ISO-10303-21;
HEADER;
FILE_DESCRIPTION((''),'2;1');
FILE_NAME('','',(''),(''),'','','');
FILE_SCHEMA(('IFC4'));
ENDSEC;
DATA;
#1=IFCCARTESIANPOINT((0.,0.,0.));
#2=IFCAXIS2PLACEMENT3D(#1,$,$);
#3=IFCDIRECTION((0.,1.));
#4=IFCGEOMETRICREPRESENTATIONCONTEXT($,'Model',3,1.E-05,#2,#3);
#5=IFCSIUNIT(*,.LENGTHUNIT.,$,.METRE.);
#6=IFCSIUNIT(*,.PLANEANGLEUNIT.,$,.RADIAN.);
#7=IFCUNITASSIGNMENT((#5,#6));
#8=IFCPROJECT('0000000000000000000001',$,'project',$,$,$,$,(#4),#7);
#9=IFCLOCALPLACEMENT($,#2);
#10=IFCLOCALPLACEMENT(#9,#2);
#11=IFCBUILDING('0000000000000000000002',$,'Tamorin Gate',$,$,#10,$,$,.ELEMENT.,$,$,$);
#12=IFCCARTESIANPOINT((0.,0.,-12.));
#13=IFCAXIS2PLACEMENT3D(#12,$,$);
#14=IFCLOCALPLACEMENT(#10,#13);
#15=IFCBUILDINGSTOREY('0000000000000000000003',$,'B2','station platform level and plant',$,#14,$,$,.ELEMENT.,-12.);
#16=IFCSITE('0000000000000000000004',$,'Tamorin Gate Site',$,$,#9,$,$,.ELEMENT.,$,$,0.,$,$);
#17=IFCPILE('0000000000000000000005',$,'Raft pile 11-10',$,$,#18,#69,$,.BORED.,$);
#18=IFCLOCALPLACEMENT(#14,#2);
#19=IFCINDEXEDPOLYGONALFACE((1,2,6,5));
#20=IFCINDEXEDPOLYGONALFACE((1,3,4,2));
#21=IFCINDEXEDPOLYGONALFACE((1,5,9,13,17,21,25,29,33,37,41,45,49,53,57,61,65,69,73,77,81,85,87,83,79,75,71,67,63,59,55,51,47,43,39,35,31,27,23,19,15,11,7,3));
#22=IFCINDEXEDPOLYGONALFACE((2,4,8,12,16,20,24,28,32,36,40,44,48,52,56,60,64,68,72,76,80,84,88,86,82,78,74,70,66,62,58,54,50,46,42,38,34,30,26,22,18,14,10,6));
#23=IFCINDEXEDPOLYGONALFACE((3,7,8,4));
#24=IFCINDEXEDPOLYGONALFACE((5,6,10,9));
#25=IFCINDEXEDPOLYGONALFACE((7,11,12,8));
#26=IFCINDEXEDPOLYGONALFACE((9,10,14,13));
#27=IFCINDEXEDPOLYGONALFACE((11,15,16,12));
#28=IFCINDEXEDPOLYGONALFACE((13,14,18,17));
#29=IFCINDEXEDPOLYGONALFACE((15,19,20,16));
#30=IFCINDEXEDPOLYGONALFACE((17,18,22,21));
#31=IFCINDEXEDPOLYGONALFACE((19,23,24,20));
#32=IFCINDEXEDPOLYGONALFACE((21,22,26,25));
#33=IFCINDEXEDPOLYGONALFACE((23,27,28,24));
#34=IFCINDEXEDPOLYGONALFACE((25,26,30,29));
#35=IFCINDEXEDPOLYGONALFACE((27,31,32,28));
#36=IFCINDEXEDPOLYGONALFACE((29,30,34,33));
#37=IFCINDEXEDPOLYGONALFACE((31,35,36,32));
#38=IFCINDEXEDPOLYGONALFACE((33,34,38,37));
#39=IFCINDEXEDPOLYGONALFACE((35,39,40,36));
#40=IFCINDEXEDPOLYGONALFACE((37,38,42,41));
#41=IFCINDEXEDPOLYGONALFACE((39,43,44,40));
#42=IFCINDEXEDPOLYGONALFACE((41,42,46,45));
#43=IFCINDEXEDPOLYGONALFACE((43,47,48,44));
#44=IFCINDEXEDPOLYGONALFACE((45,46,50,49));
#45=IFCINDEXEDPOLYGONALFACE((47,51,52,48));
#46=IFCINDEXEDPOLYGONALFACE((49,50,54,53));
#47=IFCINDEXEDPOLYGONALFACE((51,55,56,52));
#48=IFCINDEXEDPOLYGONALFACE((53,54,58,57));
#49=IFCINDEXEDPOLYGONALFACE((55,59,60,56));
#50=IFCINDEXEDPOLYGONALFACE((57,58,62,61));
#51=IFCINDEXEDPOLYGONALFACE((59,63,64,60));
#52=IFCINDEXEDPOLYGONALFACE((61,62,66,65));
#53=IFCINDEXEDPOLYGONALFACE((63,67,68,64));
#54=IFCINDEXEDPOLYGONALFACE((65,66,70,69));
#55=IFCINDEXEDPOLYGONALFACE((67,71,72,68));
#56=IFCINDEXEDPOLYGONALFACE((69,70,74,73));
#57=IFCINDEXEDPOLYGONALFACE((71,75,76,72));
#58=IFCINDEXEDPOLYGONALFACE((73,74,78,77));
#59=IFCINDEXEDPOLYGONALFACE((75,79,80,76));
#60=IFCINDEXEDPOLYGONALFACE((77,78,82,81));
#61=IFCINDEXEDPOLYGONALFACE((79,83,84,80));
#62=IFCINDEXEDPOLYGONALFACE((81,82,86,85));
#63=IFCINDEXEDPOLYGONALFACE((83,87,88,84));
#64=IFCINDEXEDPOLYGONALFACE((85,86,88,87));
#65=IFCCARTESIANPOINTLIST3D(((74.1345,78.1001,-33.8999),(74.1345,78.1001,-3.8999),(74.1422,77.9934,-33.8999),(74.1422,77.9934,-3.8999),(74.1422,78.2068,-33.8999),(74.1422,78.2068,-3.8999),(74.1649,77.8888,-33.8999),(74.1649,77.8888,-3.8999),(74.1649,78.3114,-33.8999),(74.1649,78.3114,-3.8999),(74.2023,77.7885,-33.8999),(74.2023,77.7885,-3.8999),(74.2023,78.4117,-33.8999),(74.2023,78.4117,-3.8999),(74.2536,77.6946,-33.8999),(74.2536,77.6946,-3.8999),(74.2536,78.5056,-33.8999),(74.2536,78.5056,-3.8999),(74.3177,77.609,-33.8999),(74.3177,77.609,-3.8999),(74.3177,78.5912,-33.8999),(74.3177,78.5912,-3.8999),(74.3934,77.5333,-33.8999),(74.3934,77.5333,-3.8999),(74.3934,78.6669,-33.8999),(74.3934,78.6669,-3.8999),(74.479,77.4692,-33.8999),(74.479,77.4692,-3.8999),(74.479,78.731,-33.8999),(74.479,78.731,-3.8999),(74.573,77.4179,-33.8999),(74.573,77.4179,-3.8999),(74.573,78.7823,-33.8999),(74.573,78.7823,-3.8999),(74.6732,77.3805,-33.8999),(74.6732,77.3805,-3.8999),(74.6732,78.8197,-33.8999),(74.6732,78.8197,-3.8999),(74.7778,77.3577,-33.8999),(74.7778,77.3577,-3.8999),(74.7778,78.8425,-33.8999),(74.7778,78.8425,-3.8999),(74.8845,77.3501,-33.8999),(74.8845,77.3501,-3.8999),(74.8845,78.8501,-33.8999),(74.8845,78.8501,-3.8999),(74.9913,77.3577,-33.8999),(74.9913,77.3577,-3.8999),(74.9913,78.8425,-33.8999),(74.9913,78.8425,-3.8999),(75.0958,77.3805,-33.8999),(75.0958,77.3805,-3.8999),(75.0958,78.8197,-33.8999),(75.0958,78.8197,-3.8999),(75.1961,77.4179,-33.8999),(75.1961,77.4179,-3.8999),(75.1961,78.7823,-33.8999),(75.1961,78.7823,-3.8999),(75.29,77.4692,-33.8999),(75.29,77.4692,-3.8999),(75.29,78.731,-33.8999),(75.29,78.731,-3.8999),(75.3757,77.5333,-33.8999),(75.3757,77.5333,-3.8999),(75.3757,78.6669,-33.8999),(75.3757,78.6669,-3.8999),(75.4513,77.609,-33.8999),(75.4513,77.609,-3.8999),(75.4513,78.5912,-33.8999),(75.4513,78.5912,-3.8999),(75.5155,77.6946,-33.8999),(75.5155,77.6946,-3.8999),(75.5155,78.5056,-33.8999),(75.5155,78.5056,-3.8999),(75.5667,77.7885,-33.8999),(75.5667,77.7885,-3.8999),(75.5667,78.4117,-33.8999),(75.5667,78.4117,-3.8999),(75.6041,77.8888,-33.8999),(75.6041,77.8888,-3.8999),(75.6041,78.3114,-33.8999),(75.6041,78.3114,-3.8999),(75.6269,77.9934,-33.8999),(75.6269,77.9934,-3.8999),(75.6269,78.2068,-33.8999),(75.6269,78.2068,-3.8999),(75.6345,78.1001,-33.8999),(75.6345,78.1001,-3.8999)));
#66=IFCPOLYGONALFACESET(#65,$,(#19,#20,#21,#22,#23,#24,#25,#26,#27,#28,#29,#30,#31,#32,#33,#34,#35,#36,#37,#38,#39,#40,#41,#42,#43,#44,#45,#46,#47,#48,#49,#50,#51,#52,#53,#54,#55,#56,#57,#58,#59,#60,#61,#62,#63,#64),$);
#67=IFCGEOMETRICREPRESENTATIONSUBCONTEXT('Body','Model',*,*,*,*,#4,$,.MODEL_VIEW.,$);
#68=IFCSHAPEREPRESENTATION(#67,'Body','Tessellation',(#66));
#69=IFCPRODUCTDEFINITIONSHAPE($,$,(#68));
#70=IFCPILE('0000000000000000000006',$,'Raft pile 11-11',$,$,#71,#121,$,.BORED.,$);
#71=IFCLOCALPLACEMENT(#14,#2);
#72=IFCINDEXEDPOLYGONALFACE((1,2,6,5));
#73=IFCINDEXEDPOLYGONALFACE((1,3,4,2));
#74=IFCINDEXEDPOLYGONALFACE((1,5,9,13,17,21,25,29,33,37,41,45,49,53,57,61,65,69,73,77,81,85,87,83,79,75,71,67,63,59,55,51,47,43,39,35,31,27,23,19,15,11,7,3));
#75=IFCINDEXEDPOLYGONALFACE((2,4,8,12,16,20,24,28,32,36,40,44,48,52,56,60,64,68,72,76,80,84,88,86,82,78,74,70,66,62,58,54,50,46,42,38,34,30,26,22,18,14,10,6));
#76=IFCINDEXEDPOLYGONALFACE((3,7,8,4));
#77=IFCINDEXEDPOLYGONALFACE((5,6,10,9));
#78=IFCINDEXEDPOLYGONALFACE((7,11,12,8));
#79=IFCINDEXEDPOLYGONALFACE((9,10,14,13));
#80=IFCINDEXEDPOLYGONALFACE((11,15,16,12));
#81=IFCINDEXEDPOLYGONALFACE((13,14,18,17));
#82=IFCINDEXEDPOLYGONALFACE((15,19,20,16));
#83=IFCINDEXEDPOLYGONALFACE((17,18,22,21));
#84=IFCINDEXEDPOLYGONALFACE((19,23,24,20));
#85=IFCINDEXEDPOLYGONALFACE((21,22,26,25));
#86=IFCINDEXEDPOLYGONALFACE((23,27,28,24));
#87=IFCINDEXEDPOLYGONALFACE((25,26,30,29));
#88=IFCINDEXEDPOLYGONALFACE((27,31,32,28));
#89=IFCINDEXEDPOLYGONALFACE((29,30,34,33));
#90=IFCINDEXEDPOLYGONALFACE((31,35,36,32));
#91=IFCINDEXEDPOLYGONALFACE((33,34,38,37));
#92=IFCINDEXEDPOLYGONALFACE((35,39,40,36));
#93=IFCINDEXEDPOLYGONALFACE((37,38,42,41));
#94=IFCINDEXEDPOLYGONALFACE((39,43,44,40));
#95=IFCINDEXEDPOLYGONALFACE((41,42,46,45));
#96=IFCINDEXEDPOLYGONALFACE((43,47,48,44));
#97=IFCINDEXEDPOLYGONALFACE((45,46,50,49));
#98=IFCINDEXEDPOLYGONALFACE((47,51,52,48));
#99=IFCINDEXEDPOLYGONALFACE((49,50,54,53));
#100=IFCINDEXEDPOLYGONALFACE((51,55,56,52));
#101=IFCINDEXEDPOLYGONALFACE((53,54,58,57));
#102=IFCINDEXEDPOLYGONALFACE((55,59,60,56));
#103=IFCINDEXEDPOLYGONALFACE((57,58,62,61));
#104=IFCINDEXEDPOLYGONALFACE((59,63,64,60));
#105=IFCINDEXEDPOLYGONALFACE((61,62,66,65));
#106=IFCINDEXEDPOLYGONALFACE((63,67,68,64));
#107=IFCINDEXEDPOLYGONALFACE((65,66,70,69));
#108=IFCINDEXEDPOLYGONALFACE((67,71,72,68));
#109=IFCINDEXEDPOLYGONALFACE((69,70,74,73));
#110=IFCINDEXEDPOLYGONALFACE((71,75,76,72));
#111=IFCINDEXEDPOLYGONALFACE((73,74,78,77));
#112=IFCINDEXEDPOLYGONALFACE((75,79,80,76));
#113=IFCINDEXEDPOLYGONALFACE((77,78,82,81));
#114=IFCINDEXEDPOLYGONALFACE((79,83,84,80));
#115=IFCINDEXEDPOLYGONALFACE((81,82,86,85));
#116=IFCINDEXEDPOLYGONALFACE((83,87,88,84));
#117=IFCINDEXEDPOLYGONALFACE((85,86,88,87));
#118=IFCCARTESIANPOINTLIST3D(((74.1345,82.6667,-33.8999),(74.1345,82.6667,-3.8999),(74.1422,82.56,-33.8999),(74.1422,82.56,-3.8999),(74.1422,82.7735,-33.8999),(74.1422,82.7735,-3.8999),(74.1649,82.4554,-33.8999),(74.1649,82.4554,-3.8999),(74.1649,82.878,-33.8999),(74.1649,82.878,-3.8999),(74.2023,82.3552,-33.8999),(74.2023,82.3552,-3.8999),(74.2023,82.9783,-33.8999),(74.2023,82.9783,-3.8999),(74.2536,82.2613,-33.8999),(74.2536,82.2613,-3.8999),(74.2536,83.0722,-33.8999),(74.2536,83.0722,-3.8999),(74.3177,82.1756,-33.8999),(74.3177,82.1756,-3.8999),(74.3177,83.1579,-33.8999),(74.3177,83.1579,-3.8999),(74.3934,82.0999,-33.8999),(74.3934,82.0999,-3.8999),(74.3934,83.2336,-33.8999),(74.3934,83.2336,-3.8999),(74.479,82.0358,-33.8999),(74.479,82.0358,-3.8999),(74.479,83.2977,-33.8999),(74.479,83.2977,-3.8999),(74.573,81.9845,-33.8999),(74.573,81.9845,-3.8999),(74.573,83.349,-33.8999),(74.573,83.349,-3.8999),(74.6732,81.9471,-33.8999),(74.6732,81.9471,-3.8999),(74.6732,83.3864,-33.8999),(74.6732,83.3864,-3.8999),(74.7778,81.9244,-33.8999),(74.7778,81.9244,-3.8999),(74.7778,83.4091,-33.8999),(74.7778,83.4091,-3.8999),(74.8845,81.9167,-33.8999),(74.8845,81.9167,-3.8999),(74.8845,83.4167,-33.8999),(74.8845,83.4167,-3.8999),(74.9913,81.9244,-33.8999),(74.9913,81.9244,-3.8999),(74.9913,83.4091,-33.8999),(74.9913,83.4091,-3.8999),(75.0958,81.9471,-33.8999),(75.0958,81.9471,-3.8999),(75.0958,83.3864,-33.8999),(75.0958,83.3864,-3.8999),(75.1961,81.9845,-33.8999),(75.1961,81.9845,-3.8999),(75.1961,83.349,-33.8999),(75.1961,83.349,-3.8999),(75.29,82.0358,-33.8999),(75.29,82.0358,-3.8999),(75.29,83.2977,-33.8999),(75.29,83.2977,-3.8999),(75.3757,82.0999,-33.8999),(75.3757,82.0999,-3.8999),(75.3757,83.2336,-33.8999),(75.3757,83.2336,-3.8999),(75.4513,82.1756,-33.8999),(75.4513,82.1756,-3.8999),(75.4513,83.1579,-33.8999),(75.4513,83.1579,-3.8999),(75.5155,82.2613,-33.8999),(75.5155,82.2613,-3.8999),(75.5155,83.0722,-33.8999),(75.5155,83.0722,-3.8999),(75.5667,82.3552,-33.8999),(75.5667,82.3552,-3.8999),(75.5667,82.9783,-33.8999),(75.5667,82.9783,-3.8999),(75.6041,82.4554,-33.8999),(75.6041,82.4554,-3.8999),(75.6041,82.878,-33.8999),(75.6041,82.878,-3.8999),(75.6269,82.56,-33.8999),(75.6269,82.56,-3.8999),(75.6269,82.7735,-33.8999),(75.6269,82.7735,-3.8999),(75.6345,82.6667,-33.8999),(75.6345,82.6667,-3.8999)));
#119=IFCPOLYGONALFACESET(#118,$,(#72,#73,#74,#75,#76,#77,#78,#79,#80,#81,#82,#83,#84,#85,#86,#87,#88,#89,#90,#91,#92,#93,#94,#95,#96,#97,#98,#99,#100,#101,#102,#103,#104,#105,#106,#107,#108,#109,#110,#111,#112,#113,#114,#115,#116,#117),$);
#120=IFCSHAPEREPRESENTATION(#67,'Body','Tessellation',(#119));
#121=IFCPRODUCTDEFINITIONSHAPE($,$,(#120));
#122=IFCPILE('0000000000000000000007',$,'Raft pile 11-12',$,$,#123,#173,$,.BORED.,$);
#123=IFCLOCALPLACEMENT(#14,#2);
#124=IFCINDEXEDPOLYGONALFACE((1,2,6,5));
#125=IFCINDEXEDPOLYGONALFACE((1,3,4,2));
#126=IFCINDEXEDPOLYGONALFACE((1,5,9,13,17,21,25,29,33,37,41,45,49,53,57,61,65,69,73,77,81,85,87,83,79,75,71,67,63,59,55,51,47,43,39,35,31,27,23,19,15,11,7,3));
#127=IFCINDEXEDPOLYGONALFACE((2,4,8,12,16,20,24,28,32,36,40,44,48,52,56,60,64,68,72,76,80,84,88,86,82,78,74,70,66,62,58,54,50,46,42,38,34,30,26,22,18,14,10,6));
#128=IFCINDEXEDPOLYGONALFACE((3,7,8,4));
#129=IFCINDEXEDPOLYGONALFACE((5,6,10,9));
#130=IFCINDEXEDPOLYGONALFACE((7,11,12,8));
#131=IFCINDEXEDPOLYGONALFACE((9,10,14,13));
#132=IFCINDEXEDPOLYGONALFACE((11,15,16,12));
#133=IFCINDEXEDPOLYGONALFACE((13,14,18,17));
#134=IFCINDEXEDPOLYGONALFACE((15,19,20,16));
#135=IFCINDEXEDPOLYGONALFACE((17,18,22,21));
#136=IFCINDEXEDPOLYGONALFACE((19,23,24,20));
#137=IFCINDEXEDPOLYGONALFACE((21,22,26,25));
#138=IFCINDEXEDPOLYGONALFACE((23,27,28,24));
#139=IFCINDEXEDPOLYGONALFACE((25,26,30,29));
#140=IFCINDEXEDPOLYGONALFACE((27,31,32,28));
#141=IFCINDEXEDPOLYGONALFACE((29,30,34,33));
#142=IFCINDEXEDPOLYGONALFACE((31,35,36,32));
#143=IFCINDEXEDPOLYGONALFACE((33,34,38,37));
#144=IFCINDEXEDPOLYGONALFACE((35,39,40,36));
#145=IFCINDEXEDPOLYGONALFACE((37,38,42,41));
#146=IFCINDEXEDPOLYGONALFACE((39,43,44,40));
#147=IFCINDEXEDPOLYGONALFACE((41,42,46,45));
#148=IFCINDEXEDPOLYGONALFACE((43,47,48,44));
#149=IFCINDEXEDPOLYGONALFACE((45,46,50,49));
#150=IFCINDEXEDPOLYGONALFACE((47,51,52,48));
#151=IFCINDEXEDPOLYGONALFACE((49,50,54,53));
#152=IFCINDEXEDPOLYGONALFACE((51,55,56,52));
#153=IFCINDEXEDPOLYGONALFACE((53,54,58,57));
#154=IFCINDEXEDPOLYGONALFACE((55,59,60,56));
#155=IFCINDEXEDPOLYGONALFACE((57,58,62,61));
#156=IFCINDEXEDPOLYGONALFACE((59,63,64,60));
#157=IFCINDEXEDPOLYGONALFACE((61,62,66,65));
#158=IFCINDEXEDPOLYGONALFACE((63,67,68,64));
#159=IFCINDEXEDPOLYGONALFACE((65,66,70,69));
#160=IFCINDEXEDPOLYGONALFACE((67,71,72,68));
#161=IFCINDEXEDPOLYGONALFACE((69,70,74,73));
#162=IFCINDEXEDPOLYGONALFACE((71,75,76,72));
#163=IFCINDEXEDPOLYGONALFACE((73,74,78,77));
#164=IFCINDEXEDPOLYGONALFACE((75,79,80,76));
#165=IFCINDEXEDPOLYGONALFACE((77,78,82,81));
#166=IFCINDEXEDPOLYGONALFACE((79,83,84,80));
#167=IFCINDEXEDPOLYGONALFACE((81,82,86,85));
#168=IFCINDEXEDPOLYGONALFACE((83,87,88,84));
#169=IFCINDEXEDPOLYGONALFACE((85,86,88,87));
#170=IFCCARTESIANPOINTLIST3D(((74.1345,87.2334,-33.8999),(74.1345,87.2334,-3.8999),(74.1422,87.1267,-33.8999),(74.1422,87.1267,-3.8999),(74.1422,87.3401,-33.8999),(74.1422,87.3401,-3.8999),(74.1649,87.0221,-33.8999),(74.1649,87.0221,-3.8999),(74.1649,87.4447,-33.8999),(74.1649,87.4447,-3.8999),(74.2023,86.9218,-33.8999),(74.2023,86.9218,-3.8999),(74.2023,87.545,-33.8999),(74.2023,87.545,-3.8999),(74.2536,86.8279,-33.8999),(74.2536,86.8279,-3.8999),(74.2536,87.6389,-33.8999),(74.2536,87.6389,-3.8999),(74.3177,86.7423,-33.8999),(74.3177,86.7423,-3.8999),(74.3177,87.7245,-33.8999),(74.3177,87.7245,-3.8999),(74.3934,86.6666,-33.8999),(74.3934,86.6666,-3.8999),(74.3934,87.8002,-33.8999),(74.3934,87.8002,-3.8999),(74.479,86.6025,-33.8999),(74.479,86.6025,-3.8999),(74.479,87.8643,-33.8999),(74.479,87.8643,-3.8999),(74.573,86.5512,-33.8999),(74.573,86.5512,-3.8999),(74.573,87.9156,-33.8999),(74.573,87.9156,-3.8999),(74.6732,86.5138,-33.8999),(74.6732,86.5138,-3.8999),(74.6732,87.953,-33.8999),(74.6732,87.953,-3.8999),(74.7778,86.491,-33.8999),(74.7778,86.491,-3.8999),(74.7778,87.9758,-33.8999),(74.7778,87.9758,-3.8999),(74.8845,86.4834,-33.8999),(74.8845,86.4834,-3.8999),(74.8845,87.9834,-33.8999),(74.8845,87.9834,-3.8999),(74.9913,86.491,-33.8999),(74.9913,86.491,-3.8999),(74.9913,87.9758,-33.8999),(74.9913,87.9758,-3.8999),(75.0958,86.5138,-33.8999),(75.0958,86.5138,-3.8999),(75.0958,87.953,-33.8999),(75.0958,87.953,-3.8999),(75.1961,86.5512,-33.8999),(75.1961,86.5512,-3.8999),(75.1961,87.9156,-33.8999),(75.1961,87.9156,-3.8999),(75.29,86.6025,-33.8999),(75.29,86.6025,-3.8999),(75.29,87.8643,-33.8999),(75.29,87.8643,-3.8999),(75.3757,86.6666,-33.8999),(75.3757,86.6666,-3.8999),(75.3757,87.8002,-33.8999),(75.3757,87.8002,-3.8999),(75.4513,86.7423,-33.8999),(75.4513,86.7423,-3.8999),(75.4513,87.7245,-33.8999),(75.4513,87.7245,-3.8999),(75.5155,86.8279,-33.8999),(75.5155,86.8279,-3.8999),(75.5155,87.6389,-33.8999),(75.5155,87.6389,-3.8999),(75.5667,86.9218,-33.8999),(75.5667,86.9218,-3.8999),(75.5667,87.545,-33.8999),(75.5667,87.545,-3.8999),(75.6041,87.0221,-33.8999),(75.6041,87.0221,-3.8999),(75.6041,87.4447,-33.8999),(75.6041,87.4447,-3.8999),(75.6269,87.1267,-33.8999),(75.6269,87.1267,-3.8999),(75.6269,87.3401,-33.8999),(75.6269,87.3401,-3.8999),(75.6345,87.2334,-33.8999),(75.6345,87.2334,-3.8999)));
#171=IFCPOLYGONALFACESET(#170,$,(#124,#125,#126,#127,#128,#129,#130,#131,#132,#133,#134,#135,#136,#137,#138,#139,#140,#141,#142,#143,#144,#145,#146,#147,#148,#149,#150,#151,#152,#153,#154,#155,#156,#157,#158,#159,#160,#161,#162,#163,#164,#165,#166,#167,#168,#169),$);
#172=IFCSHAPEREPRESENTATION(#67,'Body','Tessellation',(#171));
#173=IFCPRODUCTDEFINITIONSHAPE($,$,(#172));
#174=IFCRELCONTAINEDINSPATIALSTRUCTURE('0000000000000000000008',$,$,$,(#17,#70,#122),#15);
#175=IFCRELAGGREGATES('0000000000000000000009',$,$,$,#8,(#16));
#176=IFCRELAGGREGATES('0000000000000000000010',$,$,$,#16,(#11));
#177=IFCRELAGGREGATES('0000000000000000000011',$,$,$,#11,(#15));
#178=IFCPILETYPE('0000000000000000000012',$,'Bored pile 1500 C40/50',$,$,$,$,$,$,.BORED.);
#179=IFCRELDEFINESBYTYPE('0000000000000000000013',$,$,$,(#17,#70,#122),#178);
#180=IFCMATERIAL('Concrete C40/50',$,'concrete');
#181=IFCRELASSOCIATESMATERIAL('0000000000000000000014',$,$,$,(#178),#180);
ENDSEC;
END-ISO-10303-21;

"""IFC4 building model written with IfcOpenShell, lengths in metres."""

from ifc_helpers import new_model, si_unit, direction, frame, origin, origin_2d, place, context, subcontext, project, spatial, circle, extrude, material, material_profile, profile_set, type_object, element, save


model = new_model("IFC4")

# Units and contexts
model_context = context("Model", 3, precision=1e-05, world=origin(), true_north=direction((0.0, 1.0)))
body_context = subcontext(model_context, "Body", "Model", "MODEL_VIEW")
ifc_project = project(units=[si_unit("LENGTHUNIT", "METRE"), si_unit("PLANEANGLEUNIT", "RADIAN")], contexts=[model_context])

# Site, building, storey
site_placement = place(None, origin())
site = spatial("IfcSite", under=ifc_project, at=site_placement, Name="Tamorin Gate Site", CompositionType="ELEMENT", RefElevation=0.0)
building_placement = place(site_placement, origin())
building = spatial("IfcBuilding", under=site, at=building_placement, Name="Tamorin Gate", CompositionType="ELEMENT")
storey_placement = place(building_placement, frame((0.0, 0.0, -12.0)))
storey = spatial("IfcBuildingStorey", under=building, at=storey_placement, Name="B2", Description="station platform level and plant", CompositionType="ELEMENT", Elevation=-12.0)

# Piles
ifc_material_1 = material(Name="Concrete C40/50", Category="concrete")
ifc_material_profile_1 = material_profile(ifc_material_1, circle(Radius=0.75, at=origin_2d()))
ifc_profile_set_1 = profile_set([ifc_material_profile_1], Name="Concrete C40/50")
pile_type = type_object("IfcPileType", Name="Bored pile 1500 C40/50", PredefinedType="BORED", material=ifc_profile_set_1)
for number, where, z_axis, x_axis, name in (
    (1, (74.8845, 78.1001, -3.8999), (0.0, 0.0, -1.0), (1.0, 0.0, 0.0), "Raft pile 11-10"),
    (2, (74.8845, 82.6667, -3.8999), (0.0, 0.0, -1.0), (1.0, 0.0, 0.0), "Raft pile 11-11"),
    (3, (74.8845, 87.2334, -3.8999), (0.0, 0.0, -1.0), (1.0, 0.0, 0.0), "Raft pile 11-12"),
):
    element("IfcPile", number, at=place(storey_placement, frame(where, z_axis=z_axis, x_axis=x_axis)), inside=storey, type_object=pile_type, Name=name, PredefinedType="BORED", context=body_context, shape_type="SweptSolid", body=[
        extrude(circle(Radius=0.75, at=origin_2d()), origin(), (0.0, 0.0, 1.0), 30.0),
    ])

save(model, "model.ifc")
